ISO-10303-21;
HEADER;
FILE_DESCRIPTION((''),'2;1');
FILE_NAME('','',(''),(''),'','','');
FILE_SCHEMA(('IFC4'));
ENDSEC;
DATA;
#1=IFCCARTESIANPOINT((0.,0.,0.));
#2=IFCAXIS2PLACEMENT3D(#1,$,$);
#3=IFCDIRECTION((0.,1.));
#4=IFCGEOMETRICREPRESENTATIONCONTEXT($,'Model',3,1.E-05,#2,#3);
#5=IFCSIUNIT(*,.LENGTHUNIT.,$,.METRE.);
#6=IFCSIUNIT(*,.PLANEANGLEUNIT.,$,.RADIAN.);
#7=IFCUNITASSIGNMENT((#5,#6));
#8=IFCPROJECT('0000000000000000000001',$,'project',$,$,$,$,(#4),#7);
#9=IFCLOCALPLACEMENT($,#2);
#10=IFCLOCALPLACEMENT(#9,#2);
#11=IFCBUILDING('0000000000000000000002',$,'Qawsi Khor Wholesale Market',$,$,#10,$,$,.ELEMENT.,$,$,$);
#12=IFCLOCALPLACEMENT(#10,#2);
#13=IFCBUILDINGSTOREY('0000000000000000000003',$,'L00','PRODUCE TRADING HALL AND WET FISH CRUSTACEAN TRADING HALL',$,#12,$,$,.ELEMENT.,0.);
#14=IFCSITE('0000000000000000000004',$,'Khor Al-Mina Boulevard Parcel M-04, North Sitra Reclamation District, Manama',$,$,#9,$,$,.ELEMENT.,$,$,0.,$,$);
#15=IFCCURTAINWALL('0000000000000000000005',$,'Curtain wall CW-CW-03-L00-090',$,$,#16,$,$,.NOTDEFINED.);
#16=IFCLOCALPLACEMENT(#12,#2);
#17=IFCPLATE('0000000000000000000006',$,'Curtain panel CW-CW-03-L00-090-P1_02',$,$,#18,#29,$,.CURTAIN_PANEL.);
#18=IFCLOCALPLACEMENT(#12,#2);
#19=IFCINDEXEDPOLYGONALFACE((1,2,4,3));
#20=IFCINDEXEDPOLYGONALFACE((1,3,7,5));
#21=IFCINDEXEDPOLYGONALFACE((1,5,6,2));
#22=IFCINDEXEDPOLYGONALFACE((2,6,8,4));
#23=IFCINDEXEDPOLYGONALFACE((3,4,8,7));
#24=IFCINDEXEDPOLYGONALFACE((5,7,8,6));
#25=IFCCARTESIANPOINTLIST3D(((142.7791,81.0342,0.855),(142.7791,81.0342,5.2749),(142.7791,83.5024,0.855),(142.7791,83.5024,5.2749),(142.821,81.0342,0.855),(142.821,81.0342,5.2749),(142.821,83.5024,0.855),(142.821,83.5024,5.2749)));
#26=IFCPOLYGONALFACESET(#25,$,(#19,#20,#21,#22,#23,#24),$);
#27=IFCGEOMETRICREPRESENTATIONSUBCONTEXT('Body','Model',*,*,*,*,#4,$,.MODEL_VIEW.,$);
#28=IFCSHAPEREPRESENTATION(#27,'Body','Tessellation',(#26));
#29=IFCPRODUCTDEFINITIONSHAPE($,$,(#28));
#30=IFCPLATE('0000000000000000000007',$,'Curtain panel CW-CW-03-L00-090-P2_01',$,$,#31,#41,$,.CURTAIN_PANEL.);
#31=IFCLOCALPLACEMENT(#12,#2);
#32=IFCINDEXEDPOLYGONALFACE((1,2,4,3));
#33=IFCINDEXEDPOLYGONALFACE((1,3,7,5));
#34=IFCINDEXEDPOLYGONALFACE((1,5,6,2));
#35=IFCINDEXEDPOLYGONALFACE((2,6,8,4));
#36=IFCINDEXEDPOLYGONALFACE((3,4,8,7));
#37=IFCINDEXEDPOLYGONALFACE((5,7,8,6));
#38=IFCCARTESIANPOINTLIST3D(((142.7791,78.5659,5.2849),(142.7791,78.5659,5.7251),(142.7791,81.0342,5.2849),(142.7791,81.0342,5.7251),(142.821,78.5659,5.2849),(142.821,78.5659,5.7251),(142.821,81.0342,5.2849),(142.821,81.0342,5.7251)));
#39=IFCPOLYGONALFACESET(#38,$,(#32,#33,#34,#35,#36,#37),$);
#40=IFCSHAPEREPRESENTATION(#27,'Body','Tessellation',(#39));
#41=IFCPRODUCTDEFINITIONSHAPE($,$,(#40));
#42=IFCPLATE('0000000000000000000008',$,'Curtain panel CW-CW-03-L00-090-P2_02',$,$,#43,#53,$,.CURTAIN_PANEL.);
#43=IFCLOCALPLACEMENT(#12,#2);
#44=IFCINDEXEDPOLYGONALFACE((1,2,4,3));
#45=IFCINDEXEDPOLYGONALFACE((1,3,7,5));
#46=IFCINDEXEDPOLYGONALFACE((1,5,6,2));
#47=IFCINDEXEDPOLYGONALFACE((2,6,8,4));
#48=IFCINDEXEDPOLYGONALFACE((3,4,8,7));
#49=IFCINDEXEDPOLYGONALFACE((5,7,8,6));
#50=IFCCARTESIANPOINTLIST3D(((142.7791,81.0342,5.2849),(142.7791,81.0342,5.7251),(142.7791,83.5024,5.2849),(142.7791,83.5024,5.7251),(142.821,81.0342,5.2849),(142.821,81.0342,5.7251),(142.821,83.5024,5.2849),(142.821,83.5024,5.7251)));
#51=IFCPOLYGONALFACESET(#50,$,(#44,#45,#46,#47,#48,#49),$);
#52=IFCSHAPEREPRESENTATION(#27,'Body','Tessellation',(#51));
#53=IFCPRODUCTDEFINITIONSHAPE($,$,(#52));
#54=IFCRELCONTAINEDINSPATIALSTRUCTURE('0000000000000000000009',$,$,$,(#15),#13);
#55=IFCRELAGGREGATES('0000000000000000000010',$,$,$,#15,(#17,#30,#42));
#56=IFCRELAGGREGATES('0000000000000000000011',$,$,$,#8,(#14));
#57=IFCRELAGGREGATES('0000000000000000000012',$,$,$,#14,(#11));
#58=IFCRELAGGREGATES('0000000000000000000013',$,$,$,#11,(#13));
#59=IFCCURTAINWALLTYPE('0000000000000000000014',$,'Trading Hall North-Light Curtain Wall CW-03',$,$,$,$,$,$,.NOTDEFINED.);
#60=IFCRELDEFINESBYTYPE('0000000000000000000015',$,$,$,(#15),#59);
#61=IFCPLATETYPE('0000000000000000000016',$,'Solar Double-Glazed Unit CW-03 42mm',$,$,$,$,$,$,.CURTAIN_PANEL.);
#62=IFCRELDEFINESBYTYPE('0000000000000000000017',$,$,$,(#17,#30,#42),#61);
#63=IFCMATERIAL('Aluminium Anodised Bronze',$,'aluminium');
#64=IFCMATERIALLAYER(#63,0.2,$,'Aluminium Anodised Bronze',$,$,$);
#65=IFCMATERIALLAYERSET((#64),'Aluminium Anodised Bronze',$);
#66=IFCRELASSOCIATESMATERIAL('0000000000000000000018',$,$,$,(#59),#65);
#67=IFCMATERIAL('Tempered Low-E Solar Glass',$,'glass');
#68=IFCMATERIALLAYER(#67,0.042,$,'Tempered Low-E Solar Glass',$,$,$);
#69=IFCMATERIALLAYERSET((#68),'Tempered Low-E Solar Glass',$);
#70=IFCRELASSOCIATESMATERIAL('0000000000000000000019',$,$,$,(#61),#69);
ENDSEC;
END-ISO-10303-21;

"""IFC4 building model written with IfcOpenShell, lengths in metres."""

from ifc_helpers import new_model, si_unit, direction, frame, frame_2d, origin, place, context, subcontext, project, spatial, rectangle, extrude, material, layer, layer_set, type_object, element, aggregate, save


model = new_model("IFC4")

# Units and contexts
model_context = context("Model", 3, precision=1e-05, world=origin(), true_north=direction((0.0, 1.0)))
body_context = subcontext(model_context, "Body", "Model", "MODEL_VIEW")
ifc_project = project(units=[si_unit("LENGTHUNIT", "METRE"), si_unit("PLANEANGLEUNIT", "RADIAN")], contexts=[model_context])

# Site, building, storey
site_placement = place(None, origin())
site = spatial("IfcSite", under=ifc_project, at=site_placement, Name="Khor Al-Mina Boulevard Parcel M-04, North Sitra Reclamation District, Manama", CompositionType="ELEMENT", RefElevation=0.0)
building_placement = place(site_placement, origin())
building = spatial("IfcBuilding", under=site, at=building_placement, Name="Qawsi Khor Wholesale Market", CompositionType="ELEMENT")
storey_placement = place(building_placement, origin())
storey = spatial("IfcBuildingStorey", under=building, at=storey_placement, Name="L00", Description="PRODUCE TRADING HALL AND WET FISH CRUSTACEAN TRADING HALL", CompositionType="ELEMENT", Elevation=0.0)

# Curtain wall, plates
ifc_material_1 = material(Name="Aluminium Anodised Bronze", Category="aluminium")
ifc_layer_1 = layer(ifc_material_1, 0.2, Name="Aluminium Anodised Bronze")
ifc_layer_set_1 = layer_set([ifc_layer_1], Name="Aluminium Anodised Bronze")
curtain_wall_type = type_object("IfcCurtainWallType", Name="Trading Hall North-Light Curtain Wall CW-03", PredefinedType="NOTDEFINED", material=ifc_layer_set_1)
curtain_wall_placement = place(storey_placement, origin())
curtain_wall = element("IfcCurtainWall", 1, at=curtain_wall_placement, inside=storey, type_object=curtain_wall_type, Name="Curtain wall CW-CW-03-L00-090", PredefinedType="NOTDEFINED")
ifc_material_2 = material(Name="Tempered Low-E Solar Glass", Category="glass")
ifc_layer_2 = layer(ifc_material_2, 0.042, Name="Tempered Low-E Solar Glass")
ifc_layer_set_2 = layer_set([ifc_layer_2], Name="Tempered Low-E Solar Glass")
plate_type_1 = type_object("IfcPlateType", Name="Solar Double-Glazed Unit CW-03 42mm", PredefinedType="CURTAIN_PANEL", material=ifc_layer_set_2)
plate_1_placement = place(storey_placement, frame((142.8, 81.0342, 0.855), z_axis=(0.0, 0.0, 1.0), x_axis=(0.0, 1.0, 0.0)))
plate_1 = element("IfcPlate", 2, at=plate_1_placement, type_object=plate_type_1, Name="Curtain panel CW-CW-03-L00-090-P1_02", PredefinedType="CURTAIN_PANEL", context=body_context, shape_type="SweptSolid", body=[
    extrude(rectangle(XDim=2.4683, YDim=0.042, at=frame_2d((1.2341, 0.0))), origin(), (0.0, 0.0, 1.0), 4.4199),
])
plate_2_placement = place(storey_placement, frame((142.8, 78.5659, 5.2849), z_axis=(0.0, 0.0, 1.0), x_axis=(0.0, 1.0, 0.0)))
plate_2 = element("IfcPlate", 3, at=plate_2_placement, type_object=plate_type_1, Name="Curtain panel CW-CW-03-L00-090-P2_01", PredefinedType="CURTAIN_PANEL", context=body_context, shape_type="SweptSolid", body=[
    extrude(rectangle(XDim=2.4683, YDim=0.042, at=frame_2d((1.2341, 0.0))), origin(), (0.0, 0.0, 1.0), 0.4402),
])
plate_3_placement = place(storey_placement, frame((142.8, 81.0342, 5.2849), z_axis=(0.0, 0.0, 1.0), x_axis=(0.0, 1.0, 0.0)))
plate_3 = element("IfcPlate", 4, at=plate_3_placement, type_object=plate_type_1, Name="Curtain panel CW-CW-03-L00-090-P2_02", PredefinedType="CURTAIN_PANEL", context=body_context, shape_type="SweptSolid", body=[
    extrude(rectangle(XDim=2.4683, YDim=0.042, at=frame_2d((1.2341, 0.0))), origin(), (0.0, 0.0, 1.0), 0.4402),
])
aggregate(curtain_wall, [plate_1, plate_2, plate_3])

save(model, "model.ifc")
